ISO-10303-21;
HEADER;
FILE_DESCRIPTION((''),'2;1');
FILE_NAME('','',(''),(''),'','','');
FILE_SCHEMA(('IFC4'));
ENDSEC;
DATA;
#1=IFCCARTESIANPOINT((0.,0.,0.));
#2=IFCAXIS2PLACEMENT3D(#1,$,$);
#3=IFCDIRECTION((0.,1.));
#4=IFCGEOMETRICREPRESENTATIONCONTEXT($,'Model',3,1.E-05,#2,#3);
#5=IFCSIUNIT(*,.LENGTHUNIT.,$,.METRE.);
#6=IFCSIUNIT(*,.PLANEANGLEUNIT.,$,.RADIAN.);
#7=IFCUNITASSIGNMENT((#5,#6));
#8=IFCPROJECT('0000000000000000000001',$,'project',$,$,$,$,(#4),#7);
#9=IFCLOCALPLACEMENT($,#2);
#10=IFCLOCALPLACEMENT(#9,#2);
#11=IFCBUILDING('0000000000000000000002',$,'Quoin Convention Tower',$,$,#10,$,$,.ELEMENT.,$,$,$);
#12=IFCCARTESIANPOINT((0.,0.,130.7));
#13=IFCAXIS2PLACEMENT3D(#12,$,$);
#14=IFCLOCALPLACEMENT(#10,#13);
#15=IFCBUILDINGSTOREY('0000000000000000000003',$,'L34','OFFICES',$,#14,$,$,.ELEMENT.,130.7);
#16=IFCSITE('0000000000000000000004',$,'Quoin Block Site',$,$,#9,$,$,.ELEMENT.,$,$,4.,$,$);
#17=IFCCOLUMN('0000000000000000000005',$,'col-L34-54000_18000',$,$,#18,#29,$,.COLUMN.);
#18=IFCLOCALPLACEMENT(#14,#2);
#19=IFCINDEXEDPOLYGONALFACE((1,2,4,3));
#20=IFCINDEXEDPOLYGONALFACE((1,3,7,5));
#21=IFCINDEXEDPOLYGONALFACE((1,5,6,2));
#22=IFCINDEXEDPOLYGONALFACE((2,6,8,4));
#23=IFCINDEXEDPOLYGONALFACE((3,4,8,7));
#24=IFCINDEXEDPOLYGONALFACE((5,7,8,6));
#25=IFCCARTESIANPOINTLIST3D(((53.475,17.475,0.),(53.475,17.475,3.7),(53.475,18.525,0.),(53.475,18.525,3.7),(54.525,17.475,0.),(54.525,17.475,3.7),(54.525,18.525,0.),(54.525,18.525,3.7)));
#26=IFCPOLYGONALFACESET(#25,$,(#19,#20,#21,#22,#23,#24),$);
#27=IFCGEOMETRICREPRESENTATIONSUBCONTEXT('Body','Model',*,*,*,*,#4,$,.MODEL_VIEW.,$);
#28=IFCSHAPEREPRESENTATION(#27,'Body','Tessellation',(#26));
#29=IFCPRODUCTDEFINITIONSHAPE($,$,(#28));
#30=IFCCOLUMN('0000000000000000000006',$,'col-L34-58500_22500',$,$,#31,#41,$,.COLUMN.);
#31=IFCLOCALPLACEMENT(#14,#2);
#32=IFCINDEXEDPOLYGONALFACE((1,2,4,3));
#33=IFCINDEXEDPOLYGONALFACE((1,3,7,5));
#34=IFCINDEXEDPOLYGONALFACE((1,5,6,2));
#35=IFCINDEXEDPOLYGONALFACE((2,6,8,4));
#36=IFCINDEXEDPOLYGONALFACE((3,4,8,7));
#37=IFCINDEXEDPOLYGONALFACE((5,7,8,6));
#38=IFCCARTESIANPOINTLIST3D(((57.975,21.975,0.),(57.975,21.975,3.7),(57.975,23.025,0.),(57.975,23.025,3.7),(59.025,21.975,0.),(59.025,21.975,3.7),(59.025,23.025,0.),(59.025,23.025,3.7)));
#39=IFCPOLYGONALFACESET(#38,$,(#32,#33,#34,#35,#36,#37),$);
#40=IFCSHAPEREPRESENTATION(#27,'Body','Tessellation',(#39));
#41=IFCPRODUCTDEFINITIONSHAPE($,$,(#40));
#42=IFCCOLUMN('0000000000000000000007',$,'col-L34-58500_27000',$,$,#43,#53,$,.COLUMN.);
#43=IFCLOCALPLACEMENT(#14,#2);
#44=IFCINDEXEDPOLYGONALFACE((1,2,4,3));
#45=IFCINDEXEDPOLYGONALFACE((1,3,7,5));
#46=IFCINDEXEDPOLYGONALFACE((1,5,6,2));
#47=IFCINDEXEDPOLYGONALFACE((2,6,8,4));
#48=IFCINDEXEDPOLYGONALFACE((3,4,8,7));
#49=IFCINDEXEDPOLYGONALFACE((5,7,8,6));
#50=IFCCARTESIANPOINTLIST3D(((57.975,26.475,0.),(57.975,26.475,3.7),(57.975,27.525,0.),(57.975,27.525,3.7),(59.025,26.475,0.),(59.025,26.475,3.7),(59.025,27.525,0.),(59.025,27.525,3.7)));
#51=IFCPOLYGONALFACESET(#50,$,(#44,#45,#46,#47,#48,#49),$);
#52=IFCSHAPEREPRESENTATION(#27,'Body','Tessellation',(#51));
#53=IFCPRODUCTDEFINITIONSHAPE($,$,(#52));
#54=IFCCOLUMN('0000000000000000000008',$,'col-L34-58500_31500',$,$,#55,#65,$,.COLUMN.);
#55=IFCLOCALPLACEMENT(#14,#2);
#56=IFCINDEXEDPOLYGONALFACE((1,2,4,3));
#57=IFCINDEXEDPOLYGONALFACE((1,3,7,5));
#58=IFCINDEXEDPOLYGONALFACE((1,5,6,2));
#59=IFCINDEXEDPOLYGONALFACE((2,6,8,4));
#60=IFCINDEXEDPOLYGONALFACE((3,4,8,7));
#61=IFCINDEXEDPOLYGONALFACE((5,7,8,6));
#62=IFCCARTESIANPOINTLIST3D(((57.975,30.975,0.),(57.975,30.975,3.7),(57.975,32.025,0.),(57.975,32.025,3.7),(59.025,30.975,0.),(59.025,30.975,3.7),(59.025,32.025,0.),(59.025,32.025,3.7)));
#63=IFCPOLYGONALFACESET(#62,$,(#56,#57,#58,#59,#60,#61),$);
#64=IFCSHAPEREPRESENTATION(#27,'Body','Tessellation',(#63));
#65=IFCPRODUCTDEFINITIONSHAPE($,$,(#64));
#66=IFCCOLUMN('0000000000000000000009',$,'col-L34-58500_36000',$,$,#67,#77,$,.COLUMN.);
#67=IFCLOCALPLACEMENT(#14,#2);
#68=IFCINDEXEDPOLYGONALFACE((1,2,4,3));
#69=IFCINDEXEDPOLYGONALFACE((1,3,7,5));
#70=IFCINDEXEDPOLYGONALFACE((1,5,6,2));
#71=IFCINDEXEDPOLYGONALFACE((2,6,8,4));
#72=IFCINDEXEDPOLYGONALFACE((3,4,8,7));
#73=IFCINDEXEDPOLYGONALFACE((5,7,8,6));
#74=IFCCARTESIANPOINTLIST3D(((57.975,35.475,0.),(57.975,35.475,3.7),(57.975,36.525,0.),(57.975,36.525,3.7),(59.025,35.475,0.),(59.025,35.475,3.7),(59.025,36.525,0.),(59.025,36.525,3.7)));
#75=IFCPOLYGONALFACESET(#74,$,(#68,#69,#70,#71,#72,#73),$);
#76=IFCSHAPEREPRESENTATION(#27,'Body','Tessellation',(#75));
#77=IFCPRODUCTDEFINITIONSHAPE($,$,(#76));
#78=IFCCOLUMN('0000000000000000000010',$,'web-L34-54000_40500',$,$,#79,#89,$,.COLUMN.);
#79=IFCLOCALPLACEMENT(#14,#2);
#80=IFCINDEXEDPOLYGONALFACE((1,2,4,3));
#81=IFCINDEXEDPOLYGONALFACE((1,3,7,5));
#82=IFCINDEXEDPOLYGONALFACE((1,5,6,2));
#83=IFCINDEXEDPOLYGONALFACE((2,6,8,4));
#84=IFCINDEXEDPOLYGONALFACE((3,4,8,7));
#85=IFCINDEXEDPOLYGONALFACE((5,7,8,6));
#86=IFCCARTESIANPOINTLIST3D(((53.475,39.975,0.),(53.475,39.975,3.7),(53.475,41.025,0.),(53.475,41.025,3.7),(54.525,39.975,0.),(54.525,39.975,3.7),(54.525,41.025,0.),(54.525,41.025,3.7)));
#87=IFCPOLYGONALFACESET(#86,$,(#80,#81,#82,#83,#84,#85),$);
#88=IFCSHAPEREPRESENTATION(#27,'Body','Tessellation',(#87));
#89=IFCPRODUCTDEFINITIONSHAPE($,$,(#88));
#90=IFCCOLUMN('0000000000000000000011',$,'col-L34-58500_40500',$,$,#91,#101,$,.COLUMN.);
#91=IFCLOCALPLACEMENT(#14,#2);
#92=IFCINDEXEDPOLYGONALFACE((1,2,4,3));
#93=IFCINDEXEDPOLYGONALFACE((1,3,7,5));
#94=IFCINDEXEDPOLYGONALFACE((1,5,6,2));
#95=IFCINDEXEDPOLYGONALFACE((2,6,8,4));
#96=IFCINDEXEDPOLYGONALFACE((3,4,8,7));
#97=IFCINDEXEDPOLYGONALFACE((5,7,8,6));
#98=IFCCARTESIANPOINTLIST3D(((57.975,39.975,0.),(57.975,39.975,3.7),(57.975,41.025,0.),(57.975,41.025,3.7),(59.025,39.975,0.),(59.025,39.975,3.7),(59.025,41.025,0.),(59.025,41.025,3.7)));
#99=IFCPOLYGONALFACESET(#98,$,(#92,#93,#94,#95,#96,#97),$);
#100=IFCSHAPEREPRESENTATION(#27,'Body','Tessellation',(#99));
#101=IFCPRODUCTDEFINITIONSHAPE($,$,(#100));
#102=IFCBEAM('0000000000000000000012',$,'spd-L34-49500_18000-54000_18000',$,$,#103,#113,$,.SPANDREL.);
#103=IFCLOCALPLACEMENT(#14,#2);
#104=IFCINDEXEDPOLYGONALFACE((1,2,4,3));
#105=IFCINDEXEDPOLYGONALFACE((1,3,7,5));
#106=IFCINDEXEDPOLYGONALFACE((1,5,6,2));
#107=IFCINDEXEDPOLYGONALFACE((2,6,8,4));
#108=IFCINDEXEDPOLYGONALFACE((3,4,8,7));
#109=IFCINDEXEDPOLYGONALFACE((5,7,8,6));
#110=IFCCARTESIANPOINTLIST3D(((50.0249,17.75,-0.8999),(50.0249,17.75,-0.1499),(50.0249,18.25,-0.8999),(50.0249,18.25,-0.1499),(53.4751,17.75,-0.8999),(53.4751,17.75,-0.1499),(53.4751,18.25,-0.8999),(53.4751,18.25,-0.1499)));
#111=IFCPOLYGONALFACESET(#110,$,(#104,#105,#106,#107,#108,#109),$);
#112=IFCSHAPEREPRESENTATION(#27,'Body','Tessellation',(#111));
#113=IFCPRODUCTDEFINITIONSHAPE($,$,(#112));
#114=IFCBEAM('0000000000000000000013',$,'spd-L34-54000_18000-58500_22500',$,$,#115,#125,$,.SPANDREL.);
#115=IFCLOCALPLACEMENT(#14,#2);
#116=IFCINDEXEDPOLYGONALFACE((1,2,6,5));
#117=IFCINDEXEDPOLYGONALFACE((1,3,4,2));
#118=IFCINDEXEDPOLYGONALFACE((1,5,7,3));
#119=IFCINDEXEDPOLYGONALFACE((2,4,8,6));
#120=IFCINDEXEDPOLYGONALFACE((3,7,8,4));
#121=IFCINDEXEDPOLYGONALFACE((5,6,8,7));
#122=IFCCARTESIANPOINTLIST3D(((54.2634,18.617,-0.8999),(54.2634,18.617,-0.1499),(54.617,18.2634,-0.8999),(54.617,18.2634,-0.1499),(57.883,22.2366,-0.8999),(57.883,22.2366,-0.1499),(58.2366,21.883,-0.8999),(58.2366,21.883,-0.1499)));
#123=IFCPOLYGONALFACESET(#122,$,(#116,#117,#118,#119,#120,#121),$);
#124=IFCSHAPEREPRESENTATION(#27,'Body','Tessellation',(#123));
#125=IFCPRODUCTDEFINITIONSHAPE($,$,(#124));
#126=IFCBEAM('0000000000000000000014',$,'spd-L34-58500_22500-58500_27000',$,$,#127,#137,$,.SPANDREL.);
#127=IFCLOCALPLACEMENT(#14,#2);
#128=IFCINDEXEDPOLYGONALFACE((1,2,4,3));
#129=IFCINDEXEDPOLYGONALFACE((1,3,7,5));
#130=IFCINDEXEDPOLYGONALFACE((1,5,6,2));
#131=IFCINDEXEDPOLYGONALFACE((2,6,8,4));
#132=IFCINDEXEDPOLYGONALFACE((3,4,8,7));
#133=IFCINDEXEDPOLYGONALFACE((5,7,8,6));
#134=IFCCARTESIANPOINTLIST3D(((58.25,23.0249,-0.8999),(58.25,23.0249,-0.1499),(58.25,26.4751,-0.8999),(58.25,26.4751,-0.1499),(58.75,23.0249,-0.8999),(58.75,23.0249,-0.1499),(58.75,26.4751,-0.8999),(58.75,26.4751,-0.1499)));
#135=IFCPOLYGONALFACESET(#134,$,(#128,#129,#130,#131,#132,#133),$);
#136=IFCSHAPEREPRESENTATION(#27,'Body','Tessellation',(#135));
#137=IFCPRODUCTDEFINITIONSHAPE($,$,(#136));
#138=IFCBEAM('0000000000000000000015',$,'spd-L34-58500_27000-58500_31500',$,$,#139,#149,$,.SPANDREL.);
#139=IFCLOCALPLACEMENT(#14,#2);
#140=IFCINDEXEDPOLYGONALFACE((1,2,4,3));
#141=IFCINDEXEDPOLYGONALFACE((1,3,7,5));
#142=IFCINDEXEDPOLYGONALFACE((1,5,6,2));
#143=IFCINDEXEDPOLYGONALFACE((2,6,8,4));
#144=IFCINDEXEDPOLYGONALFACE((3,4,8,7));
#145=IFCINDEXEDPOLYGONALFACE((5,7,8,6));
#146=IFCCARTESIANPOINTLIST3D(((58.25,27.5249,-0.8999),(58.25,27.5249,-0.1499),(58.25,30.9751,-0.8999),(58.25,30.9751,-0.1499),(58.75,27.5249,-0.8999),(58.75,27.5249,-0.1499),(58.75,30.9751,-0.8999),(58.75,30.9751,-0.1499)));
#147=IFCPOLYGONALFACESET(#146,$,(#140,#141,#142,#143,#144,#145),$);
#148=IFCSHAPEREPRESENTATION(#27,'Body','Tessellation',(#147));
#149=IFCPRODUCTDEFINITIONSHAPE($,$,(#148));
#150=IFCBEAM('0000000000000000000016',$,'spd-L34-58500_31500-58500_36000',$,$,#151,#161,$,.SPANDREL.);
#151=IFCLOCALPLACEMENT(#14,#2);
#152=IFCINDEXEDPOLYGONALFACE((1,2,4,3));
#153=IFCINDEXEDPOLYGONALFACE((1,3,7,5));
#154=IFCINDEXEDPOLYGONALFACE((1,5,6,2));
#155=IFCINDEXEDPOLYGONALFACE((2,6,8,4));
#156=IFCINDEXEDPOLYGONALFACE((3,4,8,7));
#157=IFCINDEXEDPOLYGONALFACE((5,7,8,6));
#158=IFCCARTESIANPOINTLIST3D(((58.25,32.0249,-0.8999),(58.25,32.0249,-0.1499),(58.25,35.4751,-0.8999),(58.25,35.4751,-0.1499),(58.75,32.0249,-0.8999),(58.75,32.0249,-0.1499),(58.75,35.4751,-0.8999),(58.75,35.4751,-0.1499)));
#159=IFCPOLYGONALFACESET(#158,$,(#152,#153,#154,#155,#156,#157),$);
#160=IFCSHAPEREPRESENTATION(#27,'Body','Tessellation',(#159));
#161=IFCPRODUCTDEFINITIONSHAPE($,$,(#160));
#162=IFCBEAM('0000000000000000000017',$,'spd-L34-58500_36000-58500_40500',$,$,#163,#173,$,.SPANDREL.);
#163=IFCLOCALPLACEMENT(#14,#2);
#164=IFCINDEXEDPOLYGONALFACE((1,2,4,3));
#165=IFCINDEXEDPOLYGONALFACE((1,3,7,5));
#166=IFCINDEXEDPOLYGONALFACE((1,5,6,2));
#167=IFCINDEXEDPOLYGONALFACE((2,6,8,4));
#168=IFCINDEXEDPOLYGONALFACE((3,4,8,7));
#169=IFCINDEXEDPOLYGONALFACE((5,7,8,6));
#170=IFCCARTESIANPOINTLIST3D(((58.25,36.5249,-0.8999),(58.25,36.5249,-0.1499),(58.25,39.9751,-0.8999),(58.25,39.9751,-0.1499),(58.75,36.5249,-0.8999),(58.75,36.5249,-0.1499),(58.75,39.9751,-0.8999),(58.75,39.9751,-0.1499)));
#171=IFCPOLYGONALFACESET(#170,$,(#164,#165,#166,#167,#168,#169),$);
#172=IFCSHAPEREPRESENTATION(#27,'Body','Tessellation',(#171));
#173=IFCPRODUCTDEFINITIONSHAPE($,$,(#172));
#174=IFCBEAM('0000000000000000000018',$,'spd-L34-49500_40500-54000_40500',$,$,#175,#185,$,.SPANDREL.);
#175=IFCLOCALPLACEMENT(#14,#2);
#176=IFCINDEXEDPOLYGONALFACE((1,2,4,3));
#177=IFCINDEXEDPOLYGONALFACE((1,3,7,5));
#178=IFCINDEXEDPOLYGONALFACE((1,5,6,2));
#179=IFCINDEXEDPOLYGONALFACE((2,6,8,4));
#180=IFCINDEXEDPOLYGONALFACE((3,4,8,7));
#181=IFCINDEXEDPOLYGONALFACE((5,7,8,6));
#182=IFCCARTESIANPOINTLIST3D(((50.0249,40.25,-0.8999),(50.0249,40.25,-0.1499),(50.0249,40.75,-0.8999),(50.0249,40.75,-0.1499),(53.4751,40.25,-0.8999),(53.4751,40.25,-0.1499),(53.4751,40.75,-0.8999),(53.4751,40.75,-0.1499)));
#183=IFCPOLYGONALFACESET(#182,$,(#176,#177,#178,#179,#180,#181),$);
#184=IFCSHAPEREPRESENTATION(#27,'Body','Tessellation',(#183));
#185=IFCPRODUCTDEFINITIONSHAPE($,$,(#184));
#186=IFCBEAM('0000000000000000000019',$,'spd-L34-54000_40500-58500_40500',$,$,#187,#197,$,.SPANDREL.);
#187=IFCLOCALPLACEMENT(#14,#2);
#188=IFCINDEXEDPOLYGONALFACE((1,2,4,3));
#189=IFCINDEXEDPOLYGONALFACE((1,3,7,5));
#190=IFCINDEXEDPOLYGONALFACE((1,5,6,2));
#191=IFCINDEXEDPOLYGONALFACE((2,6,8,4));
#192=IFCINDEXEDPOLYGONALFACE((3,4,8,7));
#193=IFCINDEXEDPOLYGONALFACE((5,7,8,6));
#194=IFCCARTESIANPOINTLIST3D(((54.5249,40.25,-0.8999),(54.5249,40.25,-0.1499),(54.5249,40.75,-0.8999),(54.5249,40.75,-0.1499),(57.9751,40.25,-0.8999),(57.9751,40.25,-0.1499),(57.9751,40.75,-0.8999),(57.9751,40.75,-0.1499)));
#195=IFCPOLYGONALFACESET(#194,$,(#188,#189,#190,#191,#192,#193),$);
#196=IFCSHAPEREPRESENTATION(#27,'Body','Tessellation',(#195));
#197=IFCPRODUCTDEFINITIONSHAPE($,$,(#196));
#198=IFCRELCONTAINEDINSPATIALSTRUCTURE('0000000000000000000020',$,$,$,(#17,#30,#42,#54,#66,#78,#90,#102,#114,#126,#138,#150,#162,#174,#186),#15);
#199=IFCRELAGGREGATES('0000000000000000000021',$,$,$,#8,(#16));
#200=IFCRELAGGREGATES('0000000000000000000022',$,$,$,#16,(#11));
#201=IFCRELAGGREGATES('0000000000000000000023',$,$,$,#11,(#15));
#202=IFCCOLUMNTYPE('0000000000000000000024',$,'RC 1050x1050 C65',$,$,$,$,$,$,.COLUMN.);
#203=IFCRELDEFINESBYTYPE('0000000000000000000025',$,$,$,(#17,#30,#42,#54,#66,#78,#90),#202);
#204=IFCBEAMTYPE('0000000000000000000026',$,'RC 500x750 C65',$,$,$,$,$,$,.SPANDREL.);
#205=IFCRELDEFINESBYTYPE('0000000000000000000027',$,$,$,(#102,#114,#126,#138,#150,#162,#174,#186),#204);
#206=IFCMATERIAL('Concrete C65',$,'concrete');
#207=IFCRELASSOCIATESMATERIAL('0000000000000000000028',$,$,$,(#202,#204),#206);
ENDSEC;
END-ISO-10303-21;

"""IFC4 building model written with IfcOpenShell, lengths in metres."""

from ifc_helpers import new_model, si_unit, direction, frame, origin, origin_2d, place, context, subcontext, project, spatial, rectangle, extrude, material, material_profile, profile_set, type_object, element, save


model = new_model("IFC4")

# Units and contexts
model_context = context("Model", 3, precision=1e-05, world=origin(), true_north=direction((0.0, 1.0)))
body_context = subcontext(model_context, "Body", "Model", "MODEL_VIEW")
ifc_project = project(units=[si_unit("LENGTHUNIT", "METRE"), si_unit("PLANEANGLEUNIT", "RADIAN")], contexts=[model_context])

# Site, building, storey
site_placement = place(None, origin())
site = spatial("IfcSite", under=ifc_project, at=site_placement, Name="Quoin Block Site", CompositionType="ELEMENT", RefElevation=4.0)
building_placement = place(site_placement, origin())
building = spatial("IfcBuilding", under=site, at=building_placement, Name="Quoin Convention Tower", CompositionType="ELEMENT")
storey_placement = place(building_placement, frame((0.0, 0.0, 130.7)))
storey = spatial("IfcBuildingStorey", under=building, at=storey_placement, Name="L34", Description="OFFICES", CompositionType="ELEMENT", Elevation=130.7)

# Columns
ifc_material_1 = material(Name="Concrete C65", Category="concrete")
ifc_material_profile_1 = material_profile(ifc_material_1, rectangle(XDim=1.05, YDim=1.05, at=origin_2d()), Name="RC 1050x1050")
ifc_profile_set_1 = profile_set([ifc_material_profile_1], Name="Concrete C65")
column_type = type_object("IfcColumnType", Name="RC 1050x1050 C65", PredefinedType="COLUMN", material=ifc_profile_set_1)
for number, where, z_axis, x_axis, name in (
    (1, (54.0, 18.0, 0.0), (0.0, 0.0, 1.0), (1.0, 0.0, 0.0), "col-L34-54000_18000"),
    (2, (58.5, 22.5, 0.0), (0.0, 0.0, 1.0), (1.0, 0.0, 0.0), "col-L34-58500_22500"),
    (3, (58.5, 27.0, 0.0), (0.0, 0.0, 1.0), (1.0, 0.0, 0.0), "col-L34-58500_27000"),
    (4, (58.5, 31.5, 0.0), (0.0, 0.0, 1.0), (1.0, 0.0, 0.0), "col-L34-58500_31500"),
    (5, (58.5, 36.0, 0.0), (0.0, 0.0, 1.0), (1.0, 0.0, 0.0), "col-L34-58500_36000"),
    (6, (54.0, 40.5, 0.0), (0.0, 0.0, 1.0), (1.0, 0.0, 0.0), "web-L34-54000_40500"),
    (7, (58.5, 40.5, 0.0), (0.0, 0.0, 1.0), (1.0, 0.0, 0.0), "col-L34-58500_40500"),
):
    element("IfcColumn", number, at=place(storey_placement, frame(where, z_axis=z_axis, x_axis=x_axis)), inside=storey, type_object=column_type, Name=name, PredefinedType="COLUMN", context=body_context, shape_type="SweptSolid", body=[
        extrude(rectangle(XDim=1.05, YDim=1.05, at=origin_2d()), origin(), (0.0, 0.0, 1.0), 3.7),
    ])

# Beams
ifc_material_profile_2 = material_profile(ifc_material_1, rectangle(XDim=0.5, YDim=0.75, at=origin_2d()), Name="RC 500x750")
ifc_profile_set_2 = profile_set([ifc_material_profile_2], Name="Concrete C65")
beam_type = type_object("IfcBeamType", Name="RC 500x750 C65", PredefinedType="SPANDREL", material=ifc_profile_set_2)
beam_1_placement = place(storey_placement, frame((50.0249, 18.0, -0.5249), z_axis=(1.0, 0.0, 0.0), x_axis=(0.0, 1.0, 0.0)))
element("IfcBeam", 8, at=beam_1_placement, inside=storey, type_object=beam_type, Name="spd-L34-49500_18000-54000_18000", PredefinedType="SPANDREL", context=body_context, shape_type="SweptSolid", body=[
    extrude(rectangle(XDim=0.5, YDim=0.75, at=origin_2d()), origin(), (0.0, 0.0, 1.0), 3.4502),
])
beam_2_placement = place(storey_placement, frame((54.4402, 18.4402, -0.5249), z_axis=(0.707107, 0.707107, 0.0), x_axis=(-0.707107, 0.707107, 0.0)))
element("IfcBeam", 9, at=beam_2_placement, inside=storey, type_object=beam_type, Name="spd-L34-54000_18000-58500_22500", PredefinedType="SPANDREL", context=body_context, shape_type="SweptSolid", body=[
    extrude(rectangle(XDim=0.5, YDim=0.75, at=origin_2d()), origin(), (0.0, 0.0, 1.0), 5.1189),
])
for number, where, z_axis, x_axis, name in (
    (10, (58.5, 23.0249, -0.5249), (0.0, 1.0, 0.0), (-1.0, 0.0, 0.0), "spd-L34-58500_22500-58500_27000"),
    (11, (58.5, 27.5249, -0.5249), (0.0, 1.0, 0.0), (-1.0, 0.0, 0.0), "spd-L34-58500_27000-58500_31500"),
    (12, (58.5, 32.0249, -0.5249), (0.0, 1.0, 0.0), (-1.0, 0.0, 0.0), "spd-L34-58500_31500-58500_36000"),
    (13, (58.5, 36.5249, -0.5249), (0.0, 1.0, 0.0), (-1.0, 0.0, 0.0), "spd-L34-58500_36000-58500_40500"),
    (14, (50.0249, 40.5, -0.5249), (1.0, 0.0, 0.0), (0.0, 1.0, 0.0), "spd-L34-49500_40500-54000_40500"),
    (15, (54.5249, 40.5, -0.5249), (1.0, 0.0, 0.0), (0.0, 1.0, 0.0), "spd-L34-54000_40500-58500_40500"),
):
    element("IfcBeam", number, at=place(storey_placement, frame(where, z_axis=z_axis, x_axis=x_axis)), inside=storey, type_object=beam_type, Name=name, PredefinedType="SPANDREL", context=body_context, shape_type="SweptSolid", body=[
        extrude(rectangle(XDim=0.5, YDim=0.75, at=origin_2d()), origin(), (0.0, 0.0, 1.0), 3.4502),
    ])

save(model, "model.ifc")
